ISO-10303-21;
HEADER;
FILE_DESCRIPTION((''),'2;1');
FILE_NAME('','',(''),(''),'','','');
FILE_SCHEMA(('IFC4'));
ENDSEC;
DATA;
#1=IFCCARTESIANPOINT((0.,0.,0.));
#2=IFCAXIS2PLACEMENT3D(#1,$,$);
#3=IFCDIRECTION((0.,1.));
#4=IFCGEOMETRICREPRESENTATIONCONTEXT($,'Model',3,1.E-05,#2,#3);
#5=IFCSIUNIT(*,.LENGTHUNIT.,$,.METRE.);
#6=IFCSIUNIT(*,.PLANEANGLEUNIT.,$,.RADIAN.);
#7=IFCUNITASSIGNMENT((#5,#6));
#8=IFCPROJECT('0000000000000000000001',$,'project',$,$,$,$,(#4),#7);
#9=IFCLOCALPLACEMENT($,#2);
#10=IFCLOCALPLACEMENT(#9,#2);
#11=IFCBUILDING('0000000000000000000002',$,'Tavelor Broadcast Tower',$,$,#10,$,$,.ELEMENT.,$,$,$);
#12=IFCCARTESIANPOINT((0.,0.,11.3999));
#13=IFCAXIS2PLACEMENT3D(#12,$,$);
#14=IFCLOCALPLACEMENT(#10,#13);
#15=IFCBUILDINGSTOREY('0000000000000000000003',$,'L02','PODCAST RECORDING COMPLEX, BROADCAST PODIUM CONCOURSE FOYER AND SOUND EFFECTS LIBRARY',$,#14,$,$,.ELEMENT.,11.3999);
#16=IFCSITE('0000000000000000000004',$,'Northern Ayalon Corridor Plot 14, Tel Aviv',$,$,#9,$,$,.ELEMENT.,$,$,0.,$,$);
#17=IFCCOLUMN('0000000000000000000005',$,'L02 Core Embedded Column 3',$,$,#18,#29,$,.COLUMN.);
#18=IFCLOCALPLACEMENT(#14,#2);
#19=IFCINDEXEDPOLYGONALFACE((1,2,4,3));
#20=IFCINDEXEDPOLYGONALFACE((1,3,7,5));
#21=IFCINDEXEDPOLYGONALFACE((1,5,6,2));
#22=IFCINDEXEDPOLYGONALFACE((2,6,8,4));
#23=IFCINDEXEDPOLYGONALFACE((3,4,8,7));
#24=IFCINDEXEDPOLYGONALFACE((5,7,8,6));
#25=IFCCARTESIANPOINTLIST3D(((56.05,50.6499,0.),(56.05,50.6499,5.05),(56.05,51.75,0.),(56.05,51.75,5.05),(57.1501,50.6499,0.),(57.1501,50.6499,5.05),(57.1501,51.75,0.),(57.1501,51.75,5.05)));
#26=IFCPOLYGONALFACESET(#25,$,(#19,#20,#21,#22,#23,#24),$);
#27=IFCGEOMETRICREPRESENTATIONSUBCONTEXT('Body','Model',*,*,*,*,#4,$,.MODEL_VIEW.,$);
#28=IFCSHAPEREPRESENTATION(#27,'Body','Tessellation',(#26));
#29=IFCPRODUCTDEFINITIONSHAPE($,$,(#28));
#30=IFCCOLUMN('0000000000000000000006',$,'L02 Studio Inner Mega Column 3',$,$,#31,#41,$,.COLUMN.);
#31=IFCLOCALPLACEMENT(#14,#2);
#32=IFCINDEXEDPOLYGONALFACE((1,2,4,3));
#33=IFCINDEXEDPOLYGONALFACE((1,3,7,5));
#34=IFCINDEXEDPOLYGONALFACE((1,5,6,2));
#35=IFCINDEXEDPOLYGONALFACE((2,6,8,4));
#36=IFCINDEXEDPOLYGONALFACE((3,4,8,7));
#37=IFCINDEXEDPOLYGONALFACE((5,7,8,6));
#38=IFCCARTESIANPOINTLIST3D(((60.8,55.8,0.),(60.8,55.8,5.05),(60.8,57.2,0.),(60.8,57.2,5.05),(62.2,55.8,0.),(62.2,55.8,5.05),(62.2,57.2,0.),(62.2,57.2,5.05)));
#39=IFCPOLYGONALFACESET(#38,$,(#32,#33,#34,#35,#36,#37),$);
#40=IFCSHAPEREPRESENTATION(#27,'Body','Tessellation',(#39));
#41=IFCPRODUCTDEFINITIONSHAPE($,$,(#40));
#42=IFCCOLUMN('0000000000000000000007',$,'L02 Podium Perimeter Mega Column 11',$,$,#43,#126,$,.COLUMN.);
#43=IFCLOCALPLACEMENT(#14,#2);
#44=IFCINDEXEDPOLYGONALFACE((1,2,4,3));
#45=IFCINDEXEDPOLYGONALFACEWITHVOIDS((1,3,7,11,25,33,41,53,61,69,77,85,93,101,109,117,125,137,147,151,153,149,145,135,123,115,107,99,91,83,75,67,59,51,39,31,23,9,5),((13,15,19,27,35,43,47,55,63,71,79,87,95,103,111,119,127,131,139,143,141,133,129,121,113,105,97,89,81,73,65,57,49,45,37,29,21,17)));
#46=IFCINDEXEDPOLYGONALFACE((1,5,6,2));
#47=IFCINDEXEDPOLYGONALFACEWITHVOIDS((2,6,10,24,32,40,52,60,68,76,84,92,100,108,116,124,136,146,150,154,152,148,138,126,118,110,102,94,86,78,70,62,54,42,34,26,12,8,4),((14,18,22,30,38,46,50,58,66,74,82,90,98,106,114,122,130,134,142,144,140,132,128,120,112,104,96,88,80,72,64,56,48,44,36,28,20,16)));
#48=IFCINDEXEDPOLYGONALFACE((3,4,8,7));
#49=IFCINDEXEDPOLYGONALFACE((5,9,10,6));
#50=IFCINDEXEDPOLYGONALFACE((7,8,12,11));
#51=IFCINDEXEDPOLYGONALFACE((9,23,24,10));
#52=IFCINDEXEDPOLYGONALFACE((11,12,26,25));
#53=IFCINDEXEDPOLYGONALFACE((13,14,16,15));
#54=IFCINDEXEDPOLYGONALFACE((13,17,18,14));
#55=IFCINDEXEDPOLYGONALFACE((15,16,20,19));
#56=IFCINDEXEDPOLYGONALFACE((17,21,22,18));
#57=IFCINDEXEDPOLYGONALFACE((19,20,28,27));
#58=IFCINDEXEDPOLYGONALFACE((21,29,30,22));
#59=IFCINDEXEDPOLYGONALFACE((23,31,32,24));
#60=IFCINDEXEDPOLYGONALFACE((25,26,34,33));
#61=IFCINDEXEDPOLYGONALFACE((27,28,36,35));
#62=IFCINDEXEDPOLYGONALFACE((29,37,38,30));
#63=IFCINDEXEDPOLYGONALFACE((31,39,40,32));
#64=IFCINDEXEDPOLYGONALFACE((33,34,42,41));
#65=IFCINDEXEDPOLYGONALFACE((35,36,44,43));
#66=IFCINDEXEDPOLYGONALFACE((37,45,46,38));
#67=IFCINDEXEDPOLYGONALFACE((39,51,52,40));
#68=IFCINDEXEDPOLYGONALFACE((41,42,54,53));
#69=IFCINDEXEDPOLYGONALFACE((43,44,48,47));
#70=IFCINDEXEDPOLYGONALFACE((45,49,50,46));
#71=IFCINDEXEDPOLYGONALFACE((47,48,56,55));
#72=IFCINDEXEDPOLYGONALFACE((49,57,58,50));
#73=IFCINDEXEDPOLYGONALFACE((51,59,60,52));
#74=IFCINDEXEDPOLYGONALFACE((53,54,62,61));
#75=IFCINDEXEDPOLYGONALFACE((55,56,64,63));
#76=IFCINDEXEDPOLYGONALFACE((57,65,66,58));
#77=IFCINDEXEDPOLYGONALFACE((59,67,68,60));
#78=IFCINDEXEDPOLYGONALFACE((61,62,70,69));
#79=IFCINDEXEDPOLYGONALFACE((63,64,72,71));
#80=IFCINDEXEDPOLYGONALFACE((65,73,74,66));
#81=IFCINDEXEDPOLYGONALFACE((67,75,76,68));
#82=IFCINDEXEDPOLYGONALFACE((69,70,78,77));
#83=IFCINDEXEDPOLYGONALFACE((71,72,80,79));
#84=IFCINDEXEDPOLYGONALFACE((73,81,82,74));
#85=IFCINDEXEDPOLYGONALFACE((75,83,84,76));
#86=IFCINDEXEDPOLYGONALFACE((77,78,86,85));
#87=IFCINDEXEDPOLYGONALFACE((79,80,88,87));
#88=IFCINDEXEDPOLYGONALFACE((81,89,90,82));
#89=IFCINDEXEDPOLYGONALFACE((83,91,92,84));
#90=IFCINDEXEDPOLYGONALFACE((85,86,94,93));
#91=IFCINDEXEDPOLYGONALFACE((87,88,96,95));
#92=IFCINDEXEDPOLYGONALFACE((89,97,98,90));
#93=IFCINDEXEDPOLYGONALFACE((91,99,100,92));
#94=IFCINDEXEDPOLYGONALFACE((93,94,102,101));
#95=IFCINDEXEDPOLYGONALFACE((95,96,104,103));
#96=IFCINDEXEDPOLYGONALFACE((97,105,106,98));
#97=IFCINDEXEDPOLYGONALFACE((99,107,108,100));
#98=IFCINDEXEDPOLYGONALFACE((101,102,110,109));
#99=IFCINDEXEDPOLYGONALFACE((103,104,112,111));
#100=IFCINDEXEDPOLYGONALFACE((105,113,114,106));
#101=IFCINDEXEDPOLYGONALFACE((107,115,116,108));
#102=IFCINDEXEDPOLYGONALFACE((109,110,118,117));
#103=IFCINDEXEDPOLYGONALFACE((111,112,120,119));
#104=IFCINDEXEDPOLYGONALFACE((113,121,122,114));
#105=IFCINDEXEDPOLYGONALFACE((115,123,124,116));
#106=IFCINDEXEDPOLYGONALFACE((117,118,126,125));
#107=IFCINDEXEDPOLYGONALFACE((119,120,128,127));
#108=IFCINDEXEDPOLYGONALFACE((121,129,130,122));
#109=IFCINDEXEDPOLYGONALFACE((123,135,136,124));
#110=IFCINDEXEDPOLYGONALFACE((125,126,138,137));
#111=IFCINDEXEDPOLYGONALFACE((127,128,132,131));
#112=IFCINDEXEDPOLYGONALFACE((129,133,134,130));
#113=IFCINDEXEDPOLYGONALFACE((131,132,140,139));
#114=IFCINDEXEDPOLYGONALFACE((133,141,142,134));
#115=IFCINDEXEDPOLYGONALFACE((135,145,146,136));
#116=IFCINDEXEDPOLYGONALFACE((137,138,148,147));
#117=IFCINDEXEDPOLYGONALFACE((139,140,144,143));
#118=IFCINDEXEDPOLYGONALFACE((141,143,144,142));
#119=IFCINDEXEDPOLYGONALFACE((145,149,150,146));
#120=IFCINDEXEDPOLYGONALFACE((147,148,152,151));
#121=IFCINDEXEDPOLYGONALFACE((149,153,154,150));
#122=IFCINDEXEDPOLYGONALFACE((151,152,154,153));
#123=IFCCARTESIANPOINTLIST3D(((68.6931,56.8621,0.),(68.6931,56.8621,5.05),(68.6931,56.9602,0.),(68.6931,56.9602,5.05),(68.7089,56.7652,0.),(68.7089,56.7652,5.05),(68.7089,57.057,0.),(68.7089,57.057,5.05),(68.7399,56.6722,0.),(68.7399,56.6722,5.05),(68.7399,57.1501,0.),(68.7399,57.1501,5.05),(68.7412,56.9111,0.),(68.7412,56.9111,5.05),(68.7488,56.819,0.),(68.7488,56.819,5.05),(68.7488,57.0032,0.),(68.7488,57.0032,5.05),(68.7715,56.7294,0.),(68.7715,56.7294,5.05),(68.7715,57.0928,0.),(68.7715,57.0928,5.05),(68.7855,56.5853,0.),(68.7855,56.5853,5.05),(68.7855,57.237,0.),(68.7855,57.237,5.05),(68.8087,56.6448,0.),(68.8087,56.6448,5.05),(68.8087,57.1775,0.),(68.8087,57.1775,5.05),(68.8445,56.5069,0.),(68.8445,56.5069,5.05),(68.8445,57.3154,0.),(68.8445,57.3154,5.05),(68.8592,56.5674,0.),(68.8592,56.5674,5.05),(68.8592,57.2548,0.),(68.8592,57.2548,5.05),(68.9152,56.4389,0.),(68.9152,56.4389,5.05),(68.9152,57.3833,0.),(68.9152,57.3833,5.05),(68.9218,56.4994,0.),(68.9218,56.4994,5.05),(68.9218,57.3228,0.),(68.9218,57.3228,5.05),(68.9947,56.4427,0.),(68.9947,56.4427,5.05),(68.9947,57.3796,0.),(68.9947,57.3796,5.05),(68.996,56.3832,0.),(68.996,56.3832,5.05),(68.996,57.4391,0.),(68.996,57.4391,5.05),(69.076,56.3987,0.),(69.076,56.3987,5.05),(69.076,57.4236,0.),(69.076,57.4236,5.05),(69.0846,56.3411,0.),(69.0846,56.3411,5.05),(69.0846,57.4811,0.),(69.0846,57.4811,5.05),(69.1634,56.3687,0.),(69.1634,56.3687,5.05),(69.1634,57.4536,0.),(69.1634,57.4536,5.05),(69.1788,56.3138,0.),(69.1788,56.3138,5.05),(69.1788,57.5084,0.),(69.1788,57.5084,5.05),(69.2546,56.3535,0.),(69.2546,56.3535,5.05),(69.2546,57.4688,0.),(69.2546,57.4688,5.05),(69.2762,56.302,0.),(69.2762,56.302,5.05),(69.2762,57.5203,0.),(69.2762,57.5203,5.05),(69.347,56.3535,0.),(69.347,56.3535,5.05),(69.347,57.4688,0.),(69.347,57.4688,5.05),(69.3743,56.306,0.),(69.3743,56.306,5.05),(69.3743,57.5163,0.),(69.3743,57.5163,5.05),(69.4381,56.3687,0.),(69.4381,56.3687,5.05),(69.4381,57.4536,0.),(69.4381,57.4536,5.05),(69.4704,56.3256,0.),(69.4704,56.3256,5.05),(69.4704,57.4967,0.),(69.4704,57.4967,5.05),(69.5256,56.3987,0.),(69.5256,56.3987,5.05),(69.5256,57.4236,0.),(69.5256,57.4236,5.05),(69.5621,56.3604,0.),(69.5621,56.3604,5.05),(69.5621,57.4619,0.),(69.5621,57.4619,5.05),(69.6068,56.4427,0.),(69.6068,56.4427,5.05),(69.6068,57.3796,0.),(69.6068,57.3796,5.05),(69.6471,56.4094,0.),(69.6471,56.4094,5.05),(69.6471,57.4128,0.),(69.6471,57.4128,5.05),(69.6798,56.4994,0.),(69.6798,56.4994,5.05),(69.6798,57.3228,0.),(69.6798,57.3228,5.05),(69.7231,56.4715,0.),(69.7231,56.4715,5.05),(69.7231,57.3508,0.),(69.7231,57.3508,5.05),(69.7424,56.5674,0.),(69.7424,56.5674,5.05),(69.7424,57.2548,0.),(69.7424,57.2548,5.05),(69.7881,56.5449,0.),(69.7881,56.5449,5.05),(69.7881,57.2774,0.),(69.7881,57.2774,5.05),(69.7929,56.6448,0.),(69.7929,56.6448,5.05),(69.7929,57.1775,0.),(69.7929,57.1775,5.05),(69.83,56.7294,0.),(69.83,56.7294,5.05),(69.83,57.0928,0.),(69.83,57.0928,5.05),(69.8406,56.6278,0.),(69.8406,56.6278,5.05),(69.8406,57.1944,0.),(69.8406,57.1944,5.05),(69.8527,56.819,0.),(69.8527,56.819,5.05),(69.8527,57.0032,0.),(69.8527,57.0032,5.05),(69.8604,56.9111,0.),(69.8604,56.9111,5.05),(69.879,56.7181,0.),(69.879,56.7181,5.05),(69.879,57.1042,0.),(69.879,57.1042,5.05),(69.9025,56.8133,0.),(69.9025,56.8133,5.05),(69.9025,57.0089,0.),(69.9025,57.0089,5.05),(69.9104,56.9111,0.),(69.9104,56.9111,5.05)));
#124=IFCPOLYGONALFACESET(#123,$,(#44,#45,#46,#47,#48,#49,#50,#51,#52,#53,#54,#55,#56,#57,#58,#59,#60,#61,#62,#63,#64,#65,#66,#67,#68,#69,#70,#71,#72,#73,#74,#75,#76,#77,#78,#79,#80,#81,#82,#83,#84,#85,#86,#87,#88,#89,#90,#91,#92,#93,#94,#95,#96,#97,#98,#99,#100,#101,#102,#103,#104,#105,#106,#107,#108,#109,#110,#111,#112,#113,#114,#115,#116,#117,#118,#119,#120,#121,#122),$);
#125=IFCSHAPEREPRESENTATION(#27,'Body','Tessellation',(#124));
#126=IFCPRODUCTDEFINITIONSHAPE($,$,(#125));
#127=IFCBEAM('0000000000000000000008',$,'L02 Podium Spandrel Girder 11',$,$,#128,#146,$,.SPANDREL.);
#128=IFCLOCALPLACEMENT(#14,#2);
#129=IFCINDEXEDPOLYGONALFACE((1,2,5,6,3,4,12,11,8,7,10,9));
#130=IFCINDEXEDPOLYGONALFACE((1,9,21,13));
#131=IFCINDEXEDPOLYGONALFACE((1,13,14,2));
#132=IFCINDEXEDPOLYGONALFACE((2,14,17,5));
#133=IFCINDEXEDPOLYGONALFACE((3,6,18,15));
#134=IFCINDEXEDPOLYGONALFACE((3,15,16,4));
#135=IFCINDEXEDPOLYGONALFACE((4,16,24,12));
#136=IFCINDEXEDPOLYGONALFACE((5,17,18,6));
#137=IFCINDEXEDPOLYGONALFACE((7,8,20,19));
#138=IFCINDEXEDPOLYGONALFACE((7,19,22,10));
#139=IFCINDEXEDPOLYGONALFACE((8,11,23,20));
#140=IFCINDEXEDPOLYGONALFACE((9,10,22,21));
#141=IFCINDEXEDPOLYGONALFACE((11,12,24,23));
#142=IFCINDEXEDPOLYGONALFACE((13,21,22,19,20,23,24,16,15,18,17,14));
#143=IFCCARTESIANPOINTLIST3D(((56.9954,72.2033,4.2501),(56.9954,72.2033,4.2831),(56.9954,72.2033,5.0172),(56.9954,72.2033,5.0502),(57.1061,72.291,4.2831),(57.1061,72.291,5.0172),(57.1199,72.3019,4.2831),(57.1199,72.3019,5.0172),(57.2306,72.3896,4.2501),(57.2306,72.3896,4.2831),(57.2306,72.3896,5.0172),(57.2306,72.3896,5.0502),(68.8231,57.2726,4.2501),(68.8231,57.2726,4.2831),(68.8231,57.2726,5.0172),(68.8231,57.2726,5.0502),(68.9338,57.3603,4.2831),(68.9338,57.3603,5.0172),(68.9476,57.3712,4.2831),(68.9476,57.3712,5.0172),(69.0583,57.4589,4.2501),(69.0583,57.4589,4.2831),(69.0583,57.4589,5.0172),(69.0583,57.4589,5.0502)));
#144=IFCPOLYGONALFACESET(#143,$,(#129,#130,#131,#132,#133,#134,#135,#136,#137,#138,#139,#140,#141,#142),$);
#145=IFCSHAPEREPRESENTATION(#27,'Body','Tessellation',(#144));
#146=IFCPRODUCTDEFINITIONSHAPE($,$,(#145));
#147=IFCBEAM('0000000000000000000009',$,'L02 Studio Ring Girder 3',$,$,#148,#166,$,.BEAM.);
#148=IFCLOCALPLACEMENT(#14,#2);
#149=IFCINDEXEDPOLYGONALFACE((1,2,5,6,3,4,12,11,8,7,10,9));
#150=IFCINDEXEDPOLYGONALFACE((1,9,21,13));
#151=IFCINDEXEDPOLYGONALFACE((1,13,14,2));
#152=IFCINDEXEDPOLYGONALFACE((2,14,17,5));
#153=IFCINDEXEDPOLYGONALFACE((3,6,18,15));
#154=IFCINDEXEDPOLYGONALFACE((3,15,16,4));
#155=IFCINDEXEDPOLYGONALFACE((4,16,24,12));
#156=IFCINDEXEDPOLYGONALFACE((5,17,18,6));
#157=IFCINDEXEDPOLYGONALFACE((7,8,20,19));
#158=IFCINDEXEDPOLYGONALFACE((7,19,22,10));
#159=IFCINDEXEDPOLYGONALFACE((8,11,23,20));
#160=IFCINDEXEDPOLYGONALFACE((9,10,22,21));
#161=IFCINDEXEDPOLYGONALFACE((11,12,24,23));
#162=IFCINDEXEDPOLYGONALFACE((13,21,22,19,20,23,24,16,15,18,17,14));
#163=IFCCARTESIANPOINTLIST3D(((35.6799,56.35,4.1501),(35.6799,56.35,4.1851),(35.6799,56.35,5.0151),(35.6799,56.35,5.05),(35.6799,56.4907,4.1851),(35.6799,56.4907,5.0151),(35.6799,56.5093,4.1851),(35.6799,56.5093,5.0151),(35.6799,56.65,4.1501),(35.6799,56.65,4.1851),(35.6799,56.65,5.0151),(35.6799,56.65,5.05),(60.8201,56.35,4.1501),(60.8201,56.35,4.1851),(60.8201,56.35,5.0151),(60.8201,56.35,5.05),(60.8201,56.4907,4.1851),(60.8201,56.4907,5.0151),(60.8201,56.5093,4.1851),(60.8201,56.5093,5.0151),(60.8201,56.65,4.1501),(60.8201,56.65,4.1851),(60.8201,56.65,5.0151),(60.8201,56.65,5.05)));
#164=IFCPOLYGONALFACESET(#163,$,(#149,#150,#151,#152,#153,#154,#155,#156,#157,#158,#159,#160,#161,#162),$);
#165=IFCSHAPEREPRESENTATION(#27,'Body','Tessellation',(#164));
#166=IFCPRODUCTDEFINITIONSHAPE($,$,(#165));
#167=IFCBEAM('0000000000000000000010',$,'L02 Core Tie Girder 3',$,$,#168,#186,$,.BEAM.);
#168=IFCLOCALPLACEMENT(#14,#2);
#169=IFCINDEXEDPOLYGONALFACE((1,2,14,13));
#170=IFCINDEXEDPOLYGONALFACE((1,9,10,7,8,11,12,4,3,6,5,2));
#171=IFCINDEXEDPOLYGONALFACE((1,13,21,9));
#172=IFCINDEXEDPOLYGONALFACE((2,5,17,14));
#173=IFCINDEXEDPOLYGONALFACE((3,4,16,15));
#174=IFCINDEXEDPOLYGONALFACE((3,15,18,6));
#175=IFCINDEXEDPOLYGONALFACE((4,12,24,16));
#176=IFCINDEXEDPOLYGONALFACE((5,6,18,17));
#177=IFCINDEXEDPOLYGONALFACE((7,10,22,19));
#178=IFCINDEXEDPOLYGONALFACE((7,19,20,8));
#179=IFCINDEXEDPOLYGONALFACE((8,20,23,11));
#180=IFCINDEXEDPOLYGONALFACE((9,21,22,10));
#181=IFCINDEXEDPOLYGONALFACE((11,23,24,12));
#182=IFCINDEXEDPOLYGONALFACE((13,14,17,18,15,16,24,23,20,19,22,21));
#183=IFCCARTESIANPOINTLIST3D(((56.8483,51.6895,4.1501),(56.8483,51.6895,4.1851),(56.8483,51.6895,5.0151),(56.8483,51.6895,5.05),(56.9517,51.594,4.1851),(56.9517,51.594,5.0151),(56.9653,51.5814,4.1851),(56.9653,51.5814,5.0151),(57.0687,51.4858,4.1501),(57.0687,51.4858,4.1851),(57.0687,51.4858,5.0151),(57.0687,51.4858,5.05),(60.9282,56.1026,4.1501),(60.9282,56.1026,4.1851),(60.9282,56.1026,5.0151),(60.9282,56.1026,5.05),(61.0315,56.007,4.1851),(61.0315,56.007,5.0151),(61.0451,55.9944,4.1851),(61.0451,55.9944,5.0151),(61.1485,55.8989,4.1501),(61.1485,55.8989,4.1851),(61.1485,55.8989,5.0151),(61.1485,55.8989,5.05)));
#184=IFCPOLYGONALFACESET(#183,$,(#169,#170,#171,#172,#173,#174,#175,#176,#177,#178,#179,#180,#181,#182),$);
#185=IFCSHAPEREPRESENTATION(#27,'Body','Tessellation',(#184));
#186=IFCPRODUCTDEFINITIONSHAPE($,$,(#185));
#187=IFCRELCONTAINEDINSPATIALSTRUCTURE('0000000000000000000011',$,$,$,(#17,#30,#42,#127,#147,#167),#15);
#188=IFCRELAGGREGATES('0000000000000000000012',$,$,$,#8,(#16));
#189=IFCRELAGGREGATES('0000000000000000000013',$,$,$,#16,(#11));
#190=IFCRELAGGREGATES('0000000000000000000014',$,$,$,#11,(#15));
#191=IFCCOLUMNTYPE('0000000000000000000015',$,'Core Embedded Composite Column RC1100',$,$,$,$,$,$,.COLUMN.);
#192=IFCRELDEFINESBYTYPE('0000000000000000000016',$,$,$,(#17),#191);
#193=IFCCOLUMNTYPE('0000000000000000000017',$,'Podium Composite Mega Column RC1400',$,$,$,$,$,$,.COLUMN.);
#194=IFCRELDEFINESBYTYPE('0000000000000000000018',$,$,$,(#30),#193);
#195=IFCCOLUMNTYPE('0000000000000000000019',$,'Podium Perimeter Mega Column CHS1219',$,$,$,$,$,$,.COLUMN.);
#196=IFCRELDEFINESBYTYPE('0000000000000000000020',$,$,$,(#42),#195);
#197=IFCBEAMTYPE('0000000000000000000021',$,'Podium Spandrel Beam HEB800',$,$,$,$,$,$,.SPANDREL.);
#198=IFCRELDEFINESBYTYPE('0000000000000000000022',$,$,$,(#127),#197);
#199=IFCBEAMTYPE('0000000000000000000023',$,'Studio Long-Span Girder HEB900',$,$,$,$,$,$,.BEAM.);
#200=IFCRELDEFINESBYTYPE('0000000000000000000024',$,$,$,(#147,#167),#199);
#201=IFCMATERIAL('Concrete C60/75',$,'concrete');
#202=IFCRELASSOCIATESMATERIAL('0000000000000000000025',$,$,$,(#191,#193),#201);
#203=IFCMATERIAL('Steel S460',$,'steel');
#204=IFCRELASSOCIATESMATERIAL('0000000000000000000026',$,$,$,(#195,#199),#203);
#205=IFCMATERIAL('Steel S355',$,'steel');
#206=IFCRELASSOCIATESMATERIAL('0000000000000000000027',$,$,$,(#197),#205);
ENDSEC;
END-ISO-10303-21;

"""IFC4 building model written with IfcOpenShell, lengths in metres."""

from ifc_helpers import new_model, si_unit, direction, frame, origin, origin_2d, place, context, subcontext, project, spatial, rectangle, hollow_circle, i_section, extrude, material, material_profile, profile_set, type_object, element, save


model = new_model("IFC4")

# Units and contexts
model_context = context("Model", 3, precision=1e-05, world=origin(), true_north=direction((0.0, 1.0)))
body_context = subcontext(model_context, "Body", "Model", "MODEL_VIEW")
ifc_project = project(units=[si_unit("LENGTHUNIT", "METRE"), si_unit("PLANEANGLEUNIT", "RADIAN")], contexts=[model_context])

# Site, building, storey
site_placement = place(None, origin())
site = spatial("IfcSite", under=ifc_project, at=site_placement, Name="Northern Ayalon Corridor Plot 14, Tel Aviv", CompositionType="ELEMENT", RefElevation=0.0)
building_placement = place(site_placement, origin())
building = spatial("IfcBuilding", under=site, at=building_placement, Name="Tavelor Broadcast Tower", CompositionType="ELEMENT")
storey_placement = place(building_placement, frame((0.0, 0.0, 11.3999)))
storey = spatial("IfcBuildingStorey", under=building, at=storey_placement, Name="L02", Description="PODCAST RECORDING COMPLEX, BROADCAST PODIUM CONCOURSE FOYER AND SOUND EFFECTS LIBRARY", CompositionType="ELEMENT", Elevation=11.3999)

# Columns
ifc_material_1 = material(Name="Concrete C60/75", Category="concrete")
ifc_material_profile_1 = material_profile(ifc_material_1, rectangle(XDim=1.1001, YDim=1.1001, at=origin_2d()), Name="RC 1100x1100")
ifc_profile_set_1 = profile_set([ifc_material_profile_1], Name="Concrete C60/75")
column_type_1 = type_object("IfcColumnType", Name="Core Embedded Composite Column RC1100", PredefinedType="COLUMN", material=ifc_profile_set_1)
column_1_placement = place(storey_placement, frame((56.6001, 51.2, 0.0), z_axis=(0.0, 0.0, 1.0), x_axis=(1.0, 0.0, 0.0)))
element("IfcColumn", 1, at=column_1_placement, inside=storey, type_object=column_type_1, Name="L02 Core Embedded Column 3", PredefinedType="COLUMN", context=body_context, shape_type="SweptSolid", body=[
    extrude(rectangle(XDim=1.1001, YDim=1.1001, at=origin_2d()), origin(), (0.0, 0.0, 1.0), 5.05),
])
ifc_material_profile_2 = material_profile(ifc_material_1, rectangle(XDim=1.3999, YDim=1.3999, at=origin_2d()), Name="RC 1400x1400")
ifc_profile_set_2 = profile_set([ifc_material_profile_2], Name="Concrete C60/75")
column_type_2 = type_object("IfcColumnType", Name="Podium Composite Mega Column RC1400", PredefinedType="COLUMN", material=ifc_profile_set_2)
column_2_placement = place(storey_placement, frame((61.5, 56.5, 0.0), z_axis=(0.0, 0.0, 1.0), x_axis=(1.0, 0.0, 0.0)))
element("IfcColumn", 2, at=column_2_placement, inside=storey, type_object=column_type_2, Name="L02 Studio Inner Mega Column 3", PredefinedType="COLUMN", context=body_context, shape_type="SweptSolid", body=[
    extrude(rectangle(XDim=1.3999, YDim=1.3999, at=origin_2d()), origin(), (0.0, 0.0, 1.0), 5.05),
])
ifc_material_2 = material(Name="Steel S460", Category="steel")
ifc_material_profile_3 = material_profile(ifc_material_2, hollow_circle(Radius=0.6096, WallThickness=0.05, at=origin_2d()), Name="CHS 1219x50")
ifc_profile_set_3 = profile_set([ifc_material_profile_3], Name="Steel S460")
column_type_3 = type_object("IfcColumnType", Name="Podium Perimeter Mega Column CHS1219", PredefinedType="COLUMN", material=ifc_profile_set_3)
column_3_placement = place(storey_placement, frame((69.3008, 56.9111, 0.0), z_axis=(0.0, 0.0, 1.0), x_axis=(1.0, 0.0, 0.0)))
element("IfcColumn", 3, at=column_3_placement, inside=storey, type_object=column_type_3, Name="L02 Podium Perimeter Mega Column 11", PredefinedType="COLUMN", context=body_context, shape_type="SweptSolid", body=[
    extrude(hollow_circle(Radius=0.6096, WallThickness=0.05, at=origin_2d()), origin(), (0.0, 0.0, 1.0), 5.05),
])

# Beams
ifc_material_3 = material(Name="Steel S355", Category="steel")
ifc_material_profile_4 = material_profile(ifc_material_3, i_section(OverallWidth=0.3, OverallDepth=0.8, WebThickness=0.0176, FlangeThickness=0.033, at=origin_2d()), Name="HEB 800")
ifc_profile_set_4 = profile_set([ifc_material_profile_4], Name="Steel S355")
beam_type_1 = type_object("IfcBeamType", Name="Podium Spandrel Beam HEB800", PredefinedType="SPANDREL", material=ifc_profile_set_4)
beam_1_placement = place(storey_placement, frame((68.9407, 57.3657, 4.6501), z_axis=(-0.620946, 0.783853, 0.0), x_axis=(-0.783853, -0.620946, 0.0)))
element("IfcBeam", 4, at=beam_1_placement, inside=storey, type_object=beam_type_1, Name="L02 Podium Spandrel Girder 11", PredefinedType="SPANDREL", context=body_context, shape_type="SweptSolid", body=[
    extrude(i_section(OverallWidth=0.3, OverallDepth=0.8, WebThickness=0.0176, FlangeThickness=0.033, at=origin_2d()), origin(), (0.0, 0.0, 1.0), 19.0479),
])
ifc_material_profile_5 = material_profile(ifc_material_2, i_section(OverallWidth=0.3, OverallDepth=0.8999, WebThickness=0.0186, FlangeThickness=0.0349, at=origin_2d()), Name="HEB 900")
ifc_profile_set_5 = profile_set([ifc_material_profile_5], Name="Steel S460")
beam_type_2 = type_object("IfcBeamType", Name="Studio Long-Span Girder HEB900", PredefinedType="BEAM", material=ifc_profile_set_5)
beam_2_placement = place(storey_placement, frame((60.8201, 56.5, 4.6001), z_axis=(-1.0, 0.0, 0.0), x_axis=(0.0, -1.0, 0.0)))
element("IfcBeam", 5, at=beam_2_placement, inside=storey, type_object=beam_type_2, Name="L02 Studio Ring Girder 3", PredefinedType="BEAM", context=body_context, shape_type="SweptSolid", body=[
    extrude(i_section(OverallWidth=0.3, OverallDepth=0.8999, WebThickness=0.0186, FlangeThickness=0.0349, at=origin_2d()), origin(), (0.0, 0.0, 1.0), 25.1401),
])
beam_3_placement = place(storey_placement, frame((61.0383, 56.0007, 4.6001), z_axis=(-0.678838, -0.734288, 0.0), x_axis=(0.734288, -0.678838, 0.0)))
element("IfcBeam", 6, at=beam_3_placement, inside=storey, type_object=beam_type_2, Name="L02 Core Tie Girder 3", PredefinedType="BEAM", context=body_context, shape_type="SweptSolid", body=[
    extrude(i_section(OverallWidth=0.3, OverallDepth=0.8999, WebThickness=0.0186, FlangeThickness=0.0349, at=origin_2d()), origin(), (0.0, 0.0, 1.0), 6.01),
])

save(model, "model.ifc")
